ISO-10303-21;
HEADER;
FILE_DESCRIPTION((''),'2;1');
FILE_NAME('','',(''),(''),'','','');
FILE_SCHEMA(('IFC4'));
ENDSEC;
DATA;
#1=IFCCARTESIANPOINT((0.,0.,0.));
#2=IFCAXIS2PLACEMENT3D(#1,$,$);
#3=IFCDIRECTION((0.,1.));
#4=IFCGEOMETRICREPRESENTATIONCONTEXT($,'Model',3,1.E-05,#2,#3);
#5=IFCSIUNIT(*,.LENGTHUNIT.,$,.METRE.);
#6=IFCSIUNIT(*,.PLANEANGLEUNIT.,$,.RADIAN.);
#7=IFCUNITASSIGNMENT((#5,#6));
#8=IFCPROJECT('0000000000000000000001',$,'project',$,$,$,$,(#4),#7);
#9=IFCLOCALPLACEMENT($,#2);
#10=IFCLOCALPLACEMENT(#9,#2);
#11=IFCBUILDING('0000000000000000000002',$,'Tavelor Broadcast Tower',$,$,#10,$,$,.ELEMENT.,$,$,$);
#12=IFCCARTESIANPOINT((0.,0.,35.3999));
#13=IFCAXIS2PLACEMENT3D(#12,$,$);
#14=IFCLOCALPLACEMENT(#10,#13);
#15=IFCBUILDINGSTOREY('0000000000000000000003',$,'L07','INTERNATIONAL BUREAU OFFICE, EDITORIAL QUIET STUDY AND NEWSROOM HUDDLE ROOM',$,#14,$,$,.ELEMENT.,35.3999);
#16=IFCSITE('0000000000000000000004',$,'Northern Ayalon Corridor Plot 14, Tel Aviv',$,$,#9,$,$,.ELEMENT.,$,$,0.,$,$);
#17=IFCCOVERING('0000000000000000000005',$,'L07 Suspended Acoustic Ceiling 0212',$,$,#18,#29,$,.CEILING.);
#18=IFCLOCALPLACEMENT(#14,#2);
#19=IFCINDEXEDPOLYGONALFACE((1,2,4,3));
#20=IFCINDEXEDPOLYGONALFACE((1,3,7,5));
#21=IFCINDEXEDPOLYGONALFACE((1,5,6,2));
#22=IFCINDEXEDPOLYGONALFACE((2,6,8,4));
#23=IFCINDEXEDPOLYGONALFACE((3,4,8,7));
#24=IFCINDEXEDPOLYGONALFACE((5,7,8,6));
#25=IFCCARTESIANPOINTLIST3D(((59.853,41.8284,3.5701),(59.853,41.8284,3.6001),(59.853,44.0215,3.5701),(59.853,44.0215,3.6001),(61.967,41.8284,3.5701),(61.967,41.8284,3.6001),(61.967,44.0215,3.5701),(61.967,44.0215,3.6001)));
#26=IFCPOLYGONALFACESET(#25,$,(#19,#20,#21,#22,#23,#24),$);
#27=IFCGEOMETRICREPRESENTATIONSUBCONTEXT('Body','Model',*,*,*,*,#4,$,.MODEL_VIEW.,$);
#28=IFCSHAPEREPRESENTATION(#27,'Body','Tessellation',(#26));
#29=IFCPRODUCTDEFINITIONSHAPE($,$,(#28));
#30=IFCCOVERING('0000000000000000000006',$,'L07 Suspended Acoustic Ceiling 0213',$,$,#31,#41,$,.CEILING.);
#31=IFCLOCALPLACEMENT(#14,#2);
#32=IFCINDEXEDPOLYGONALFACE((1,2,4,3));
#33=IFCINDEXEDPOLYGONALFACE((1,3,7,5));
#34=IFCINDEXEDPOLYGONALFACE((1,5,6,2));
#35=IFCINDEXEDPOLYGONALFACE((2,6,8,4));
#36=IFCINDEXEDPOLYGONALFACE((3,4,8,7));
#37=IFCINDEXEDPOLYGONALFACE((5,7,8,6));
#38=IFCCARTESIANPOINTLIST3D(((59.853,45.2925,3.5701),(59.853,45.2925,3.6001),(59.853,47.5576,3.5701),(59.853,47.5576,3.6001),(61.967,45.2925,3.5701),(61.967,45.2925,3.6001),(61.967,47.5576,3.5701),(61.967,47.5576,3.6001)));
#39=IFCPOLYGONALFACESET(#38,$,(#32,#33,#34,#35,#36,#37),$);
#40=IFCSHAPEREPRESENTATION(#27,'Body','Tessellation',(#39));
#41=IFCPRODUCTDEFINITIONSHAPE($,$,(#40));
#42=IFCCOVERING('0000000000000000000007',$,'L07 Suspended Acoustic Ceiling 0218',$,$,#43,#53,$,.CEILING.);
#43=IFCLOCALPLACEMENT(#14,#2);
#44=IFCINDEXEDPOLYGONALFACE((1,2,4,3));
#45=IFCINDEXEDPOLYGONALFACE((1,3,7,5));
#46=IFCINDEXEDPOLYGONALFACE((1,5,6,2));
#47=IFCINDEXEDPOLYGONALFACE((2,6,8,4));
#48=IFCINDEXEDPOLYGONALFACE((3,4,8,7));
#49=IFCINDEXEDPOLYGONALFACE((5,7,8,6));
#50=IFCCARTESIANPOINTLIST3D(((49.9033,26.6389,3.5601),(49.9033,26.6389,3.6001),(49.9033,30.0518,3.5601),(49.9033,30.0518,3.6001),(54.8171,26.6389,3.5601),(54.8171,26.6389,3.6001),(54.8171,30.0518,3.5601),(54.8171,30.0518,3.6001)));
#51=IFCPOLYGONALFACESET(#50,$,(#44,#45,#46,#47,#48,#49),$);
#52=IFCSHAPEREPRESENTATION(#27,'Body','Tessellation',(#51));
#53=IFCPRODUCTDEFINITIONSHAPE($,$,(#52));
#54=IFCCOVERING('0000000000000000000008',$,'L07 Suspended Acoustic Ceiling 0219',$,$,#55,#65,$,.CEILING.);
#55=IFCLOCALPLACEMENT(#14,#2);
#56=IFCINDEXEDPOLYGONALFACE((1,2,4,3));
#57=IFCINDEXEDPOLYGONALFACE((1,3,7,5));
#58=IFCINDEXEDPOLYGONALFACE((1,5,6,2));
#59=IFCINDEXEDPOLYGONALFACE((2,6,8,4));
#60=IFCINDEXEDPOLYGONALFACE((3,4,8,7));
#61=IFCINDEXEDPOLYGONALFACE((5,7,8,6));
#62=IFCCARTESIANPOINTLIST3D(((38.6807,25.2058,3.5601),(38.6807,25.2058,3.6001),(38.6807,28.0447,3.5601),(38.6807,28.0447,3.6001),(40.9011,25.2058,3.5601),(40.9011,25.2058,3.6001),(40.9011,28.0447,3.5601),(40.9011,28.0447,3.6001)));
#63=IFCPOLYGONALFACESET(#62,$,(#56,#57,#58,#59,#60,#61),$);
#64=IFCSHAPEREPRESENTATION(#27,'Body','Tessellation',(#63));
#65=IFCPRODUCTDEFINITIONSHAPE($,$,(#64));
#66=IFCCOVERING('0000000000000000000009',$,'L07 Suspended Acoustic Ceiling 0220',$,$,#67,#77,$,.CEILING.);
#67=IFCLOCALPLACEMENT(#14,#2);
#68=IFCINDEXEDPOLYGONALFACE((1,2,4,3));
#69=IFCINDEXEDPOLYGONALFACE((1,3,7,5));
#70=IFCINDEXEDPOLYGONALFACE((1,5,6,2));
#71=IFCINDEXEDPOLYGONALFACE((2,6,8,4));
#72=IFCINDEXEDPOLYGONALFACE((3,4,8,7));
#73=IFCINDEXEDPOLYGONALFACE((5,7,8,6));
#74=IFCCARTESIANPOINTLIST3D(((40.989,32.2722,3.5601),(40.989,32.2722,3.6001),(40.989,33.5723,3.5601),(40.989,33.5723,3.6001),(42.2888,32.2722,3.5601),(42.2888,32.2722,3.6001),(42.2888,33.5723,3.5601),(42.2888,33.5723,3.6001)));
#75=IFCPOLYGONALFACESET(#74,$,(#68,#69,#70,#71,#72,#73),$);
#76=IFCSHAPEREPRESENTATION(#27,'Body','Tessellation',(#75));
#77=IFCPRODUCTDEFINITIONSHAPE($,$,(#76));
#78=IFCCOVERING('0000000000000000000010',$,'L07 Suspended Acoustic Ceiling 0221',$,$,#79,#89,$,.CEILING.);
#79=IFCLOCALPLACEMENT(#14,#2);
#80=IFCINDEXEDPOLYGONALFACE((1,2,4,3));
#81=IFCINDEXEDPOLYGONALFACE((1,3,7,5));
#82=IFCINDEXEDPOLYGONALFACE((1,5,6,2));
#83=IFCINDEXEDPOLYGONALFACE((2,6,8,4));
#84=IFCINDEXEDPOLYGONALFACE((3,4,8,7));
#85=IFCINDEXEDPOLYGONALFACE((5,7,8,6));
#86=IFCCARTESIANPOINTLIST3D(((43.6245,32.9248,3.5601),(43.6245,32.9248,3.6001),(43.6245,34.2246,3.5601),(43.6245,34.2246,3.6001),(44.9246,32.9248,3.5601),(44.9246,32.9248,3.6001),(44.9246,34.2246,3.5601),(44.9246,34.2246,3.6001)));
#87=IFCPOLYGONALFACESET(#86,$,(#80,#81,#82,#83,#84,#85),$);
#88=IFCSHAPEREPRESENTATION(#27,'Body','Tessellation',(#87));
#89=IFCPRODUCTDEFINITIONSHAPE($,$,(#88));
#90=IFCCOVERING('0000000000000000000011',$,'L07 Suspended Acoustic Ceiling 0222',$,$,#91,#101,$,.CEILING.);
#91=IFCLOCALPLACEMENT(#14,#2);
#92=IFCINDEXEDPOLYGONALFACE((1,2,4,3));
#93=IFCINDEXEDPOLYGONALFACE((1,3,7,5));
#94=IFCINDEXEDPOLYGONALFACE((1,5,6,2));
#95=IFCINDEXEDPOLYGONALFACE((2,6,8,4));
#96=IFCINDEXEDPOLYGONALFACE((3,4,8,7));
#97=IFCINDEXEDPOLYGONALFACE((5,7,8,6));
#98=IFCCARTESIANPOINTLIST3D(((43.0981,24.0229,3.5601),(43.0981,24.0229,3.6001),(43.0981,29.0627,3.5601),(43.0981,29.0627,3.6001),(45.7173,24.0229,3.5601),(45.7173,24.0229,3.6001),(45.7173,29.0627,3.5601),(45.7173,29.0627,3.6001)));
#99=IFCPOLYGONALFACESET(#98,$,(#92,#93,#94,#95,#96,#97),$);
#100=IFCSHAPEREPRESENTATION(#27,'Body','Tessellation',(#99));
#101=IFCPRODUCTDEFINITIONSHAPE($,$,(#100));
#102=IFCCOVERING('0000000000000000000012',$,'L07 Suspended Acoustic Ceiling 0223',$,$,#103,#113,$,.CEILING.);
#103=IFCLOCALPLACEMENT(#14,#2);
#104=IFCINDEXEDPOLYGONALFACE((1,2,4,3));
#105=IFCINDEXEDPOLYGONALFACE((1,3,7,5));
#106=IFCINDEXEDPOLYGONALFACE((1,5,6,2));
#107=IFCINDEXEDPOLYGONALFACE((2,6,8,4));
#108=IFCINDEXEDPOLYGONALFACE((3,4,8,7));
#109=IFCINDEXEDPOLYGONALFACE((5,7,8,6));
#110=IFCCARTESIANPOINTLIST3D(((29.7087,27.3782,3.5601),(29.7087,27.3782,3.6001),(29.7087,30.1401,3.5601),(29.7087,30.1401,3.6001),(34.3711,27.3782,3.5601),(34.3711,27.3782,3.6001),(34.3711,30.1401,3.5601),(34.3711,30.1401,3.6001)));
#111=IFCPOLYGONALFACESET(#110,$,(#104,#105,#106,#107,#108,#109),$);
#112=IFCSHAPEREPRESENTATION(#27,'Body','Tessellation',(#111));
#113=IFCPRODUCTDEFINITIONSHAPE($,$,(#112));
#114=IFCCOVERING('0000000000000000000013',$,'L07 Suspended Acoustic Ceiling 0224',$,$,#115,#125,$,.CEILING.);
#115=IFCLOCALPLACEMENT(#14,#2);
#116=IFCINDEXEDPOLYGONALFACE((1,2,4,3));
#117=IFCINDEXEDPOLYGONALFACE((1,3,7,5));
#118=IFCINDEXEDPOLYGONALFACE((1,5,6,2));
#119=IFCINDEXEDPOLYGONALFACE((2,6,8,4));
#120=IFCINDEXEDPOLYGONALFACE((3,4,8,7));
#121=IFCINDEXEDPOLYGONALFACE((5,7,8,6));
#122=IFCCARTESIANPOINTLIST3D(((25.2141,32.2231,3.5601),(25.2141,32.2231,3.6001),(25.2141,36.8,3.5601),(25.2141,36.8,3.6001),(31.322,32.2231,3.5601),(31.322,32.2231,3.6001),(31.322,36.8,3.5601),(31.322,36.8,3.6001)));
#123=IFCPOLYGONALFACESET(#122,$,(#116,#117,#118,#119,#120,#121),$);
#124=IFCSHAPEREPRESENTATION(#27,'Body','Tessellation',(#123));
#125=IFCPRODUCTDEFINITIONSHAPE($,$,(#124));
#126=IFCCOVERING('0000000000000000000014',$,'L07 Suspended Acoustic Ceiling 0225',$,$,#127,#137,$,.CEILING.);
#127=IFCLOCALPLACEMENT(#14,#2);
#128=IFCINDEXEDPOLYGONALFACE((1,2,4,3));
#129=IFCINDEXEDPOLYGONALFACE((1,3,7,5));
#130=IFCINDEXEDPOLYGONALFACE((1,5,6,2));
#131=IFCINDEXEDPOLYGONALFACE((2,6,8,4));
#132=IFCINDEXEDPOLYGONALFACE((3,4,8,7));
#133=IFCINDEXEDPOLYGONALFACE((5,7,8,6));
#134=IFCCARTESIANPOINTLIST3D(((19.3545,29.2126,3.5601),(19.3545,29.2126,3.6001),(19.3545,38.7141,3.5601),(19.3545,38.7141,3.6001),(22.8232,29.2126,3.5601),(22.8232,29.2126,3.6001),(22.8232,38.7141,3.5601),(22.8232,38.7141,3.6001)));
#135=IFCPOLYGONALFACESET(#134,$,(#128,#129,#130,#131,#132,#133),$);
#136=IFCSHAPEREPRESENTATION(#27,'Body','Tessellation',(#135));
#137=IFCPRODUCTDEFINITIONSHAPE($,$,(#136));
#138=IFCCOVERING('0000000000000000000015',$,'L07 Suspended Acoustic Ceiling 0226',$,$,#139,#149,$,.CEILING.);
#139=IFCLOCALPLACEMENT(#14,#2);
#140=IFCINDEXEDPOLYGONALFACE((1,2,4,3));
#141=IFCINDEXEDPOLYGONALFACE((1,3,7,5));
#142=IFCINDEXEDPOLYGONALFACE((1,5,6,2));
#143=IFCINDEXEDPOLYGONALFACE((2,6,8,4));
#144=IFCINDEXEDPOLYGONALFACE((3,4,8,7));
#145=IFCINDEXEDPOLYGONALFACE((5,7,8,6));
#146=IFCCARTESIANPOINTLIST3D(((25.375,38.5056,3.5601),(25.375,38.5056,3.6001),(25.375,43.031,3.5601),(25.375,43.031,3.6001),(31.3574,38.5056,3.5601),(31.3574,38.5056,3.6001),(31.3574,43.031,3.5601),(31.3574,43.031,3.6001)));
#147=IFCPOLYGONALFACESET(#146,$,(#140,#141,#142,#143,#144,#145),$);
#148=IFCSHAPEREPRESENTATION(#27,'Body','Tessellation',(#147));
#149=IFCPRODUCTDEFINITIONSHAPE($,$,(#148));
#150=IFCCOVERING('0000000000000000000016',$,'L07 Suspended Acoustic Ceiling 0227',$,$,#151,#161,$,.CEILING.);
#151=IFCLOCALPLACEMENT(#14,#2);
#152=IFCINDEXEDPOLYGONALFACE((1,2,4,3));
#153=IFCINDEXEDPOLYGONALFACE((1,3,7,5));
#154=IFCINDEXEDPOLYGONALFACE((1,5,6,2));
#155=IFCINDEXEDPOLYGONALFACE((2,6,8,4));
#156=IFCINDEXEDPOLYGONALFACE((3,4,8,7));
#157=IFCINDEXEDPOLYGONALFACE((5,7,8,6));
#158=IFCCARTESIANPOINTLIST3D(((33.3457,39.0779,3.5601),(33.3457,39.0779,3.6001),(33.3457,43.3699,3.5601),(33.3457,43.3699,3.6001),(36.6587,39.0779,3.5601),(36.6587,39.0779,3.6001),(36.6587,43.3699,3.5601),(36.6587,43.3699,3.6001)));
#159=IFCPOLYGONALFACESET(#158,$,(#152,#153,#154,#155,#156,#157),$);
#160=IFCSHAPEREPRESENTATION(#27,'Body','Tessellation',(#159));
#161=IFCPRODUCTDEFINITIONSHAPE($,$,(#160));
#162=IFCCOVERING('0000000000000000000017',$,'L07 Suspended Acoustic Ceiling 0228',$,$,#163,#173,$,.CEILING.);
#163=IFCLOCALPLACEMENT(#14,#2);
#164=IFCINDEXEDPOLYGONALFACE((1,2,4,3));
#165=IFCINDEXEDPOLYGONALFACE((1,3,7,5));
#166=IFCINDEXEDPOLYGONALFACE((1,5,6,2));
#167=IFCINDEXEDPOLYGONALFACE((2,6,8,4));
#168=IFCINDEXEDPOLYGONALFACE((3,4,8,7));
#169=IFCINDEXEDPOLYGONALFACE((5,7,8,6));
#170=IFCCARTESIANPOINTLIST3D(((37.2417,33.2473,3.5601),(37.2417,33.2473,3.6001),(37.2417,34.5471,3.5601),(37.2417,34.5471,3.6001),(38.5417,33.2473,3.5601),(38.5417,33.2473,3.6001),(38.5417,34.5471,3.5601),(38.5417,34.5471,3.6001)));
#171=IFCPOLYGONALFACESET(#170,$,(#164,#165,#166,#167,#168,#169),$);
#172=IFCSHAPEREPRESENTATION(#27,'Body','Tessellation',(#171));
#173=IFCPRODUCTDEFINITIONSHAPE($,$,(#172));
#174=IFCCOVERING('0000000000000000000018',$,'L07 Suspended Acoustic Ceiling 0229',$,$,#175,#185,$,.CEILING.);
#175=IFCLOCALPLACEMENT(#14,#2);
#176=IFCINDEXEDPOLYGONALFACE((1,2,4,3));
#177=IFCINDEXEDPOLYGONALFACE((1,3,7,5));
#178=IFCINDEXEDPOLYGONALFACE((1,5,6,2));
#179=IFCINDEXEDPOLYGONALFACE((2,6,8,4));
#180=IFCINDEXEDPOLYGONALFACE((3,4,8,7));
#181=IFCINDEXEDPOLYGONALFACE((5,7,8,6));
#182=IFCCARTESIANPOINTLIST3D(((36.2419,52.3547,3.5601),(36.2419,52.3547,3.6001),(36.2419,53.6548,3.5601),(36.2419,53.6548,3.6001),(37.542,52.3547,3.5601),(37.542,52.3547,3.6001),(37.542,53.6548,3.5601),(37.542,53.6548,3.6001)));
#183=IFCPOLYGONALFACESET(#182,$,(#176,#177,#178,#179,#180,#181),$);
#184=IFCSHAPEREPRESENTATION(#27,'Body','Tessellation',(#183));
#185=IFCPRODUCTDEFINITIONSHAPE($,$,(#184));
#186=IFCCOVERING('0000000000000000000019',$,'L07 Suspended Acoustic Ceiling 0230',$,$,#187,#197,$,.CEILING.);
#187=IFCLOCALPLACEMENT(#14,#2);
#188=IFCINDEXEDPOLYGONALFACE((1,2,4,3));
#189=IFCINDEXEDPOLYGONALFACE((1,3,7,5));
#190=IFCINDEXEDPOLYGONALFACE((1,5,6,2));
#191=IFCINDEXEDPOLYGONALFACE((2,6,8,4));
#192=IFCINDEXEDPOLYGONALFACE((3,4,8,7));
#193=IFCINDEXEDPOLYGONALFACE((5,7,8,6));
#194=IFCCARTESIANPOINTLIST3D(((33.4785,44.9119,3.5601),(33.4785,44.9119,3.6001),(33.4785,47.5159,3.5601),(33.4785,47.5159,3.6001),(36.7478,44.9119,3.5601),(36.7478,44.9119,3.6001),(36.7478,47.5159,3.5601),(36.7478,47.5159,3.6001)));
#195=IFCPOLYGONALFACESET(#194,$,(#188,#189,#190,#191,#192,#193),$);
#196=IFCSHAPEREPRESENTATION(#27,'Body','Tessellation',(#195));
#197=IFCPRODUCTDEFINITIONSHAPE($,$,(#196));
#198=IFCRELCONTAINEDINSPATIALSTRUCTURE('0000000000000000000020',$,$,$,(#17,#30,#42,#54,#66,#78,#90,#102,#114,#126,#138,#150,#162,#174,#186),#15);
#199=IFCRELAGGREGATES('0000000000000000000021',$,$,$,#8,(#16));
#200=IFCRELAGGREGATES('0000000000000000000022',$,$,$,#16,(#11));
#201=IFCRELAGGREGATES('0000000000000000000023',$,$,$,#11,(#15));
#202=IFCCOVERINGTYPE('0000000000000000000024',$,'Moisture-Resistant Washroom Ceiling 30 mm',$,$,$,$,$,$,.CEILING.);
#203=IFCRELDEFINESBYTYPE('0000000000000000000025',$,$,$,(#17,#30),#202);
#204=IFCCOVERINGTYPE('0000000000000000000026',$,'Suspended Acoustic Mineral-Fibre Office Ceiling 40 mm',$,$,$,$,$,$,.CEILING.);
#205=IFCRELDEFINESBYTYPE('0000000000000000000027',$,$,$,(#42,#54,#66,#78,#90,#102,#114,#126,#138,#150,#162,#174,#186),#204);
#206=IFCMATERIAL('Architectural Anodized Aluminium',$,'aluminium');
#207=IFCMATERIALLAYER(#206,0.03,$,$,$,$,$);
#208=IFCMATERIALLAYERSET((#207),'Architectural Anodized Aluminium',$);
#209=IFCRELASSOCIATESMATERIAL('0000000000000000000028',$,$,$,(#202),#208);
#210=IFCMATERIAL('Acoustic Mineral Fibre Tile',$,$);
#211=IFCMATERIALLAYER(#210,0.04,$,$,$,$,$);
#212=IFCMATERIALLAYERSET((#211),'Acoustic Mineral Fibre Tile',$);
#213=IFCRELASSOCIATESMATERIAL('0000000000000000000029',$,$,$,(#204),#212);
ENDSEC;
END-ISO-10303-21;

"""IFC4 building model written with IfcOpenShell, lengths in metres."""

from ifc_helpers import new_model, si_unit, direction, frame, origin, place, context, subcontext, project, spatial, polyline, outline, extrude, material, layer, layer_set, type_object, element, save


model = new_model("IFC4")

# Units and contexts
model_context = context("Model", 3, precision=1e-05, world=origin(), true_north=direction((0.0, 1.0)))
body_context = subcontext(model_context, "Body", "Model", "MODEL_VIEW")
ifc_project = project(units=[si_unit("LENGTHUNIT", "METRE"), si_unit("PLANEANGLEUNIT", "RADIAN")], contexts=[model_context])

# Site, building, storey
site_placement = place(None, origin())
site = spatial("IfcSite", under=ifc_project, at=site_placement, Name="Northern Ayalon Corridor Plot 14, Tel Aviv", CompositionType="ELEMENT", RefElevation=0.0)
building_placement = place(site_placement, origin())
building = spatial("IfcBuilding", under=site, at=building_placement, Name="Tavelor Broadcast Tower", CompositionType="ELEMENT")
storey_placement = place(building_placement, frame((0.0, 0.0, 35.3999)))
storey = spatial("IfcBuildingStorey", under=building, at=storey_placement, Name="L07", Description="INTERNATIONAL BUREAU OFFICE, EDITORIAL QUIET STUDY AND NEWSROOM HUDDLE ROOM", CompositionType="ELEMENT", Elevation=35.3999)

# Coverings
ifc_material_1 = material(Name="Architectural Anodized Aluminium", Category="aluminium")
ifc_layer_1 = layer(ifc_material_1, 0.03)
ifc_layer_set_1 = layer_set([ifc_layer_1], Name="Architectural Anodized Aluminium")
covering_type_1 = type_object("IfcCoveringType", Name="Moisture-Resistant Washroom Ceiling 30 mm", PredefinedType="CEILING", material=ifc_layer_set_1)
covering_1_placement = place(storey_placement, frame((0.0, 0.0, 3.5701)))
element("IfcCovering", 1, at=covering_1_placement, inside=storey, type_object=covering_type_1, Name="L07 Suspended Acoustic Ceiling 0212", PredefinedType="CEILING", context=body_context, shape_type="SweptSolid", body=[
    extrude(outline(polyline([(59.853, 41.8284), (61.967, 41.8284), (61.967, 44.0215), (59.853, 44.0215), (59.853, 41.8284)])), origin(), (0.0, 0.0, 1.0), 0.03),
])
covering_2_placement = place(storey_placement, frame((0.0, 0.0, 3.5701)))
element("IfcCovering", 2, at=covering_2_placement, inside=storey, type_object=covering_type_1, Name="L07 Suspended Acoustic Ceiling 0213", PredefinedType="CEILING", context=body_context, shape_type="SweptSolid", body=[
    extrude(outline(polyline([(59.853, 45.2925), (61.967, 45.2925), (61.967, 47.5576), (59.853, 47.5576), (59.853, 45.2925)])), origin(), (0.0, 0.0, 1.0), 0.03),
])
ifc_material_2 = material(Name="Acoustic Mineral Fibre Tile")
ifc_layer_2 = layer(ifc_material_2, 0.04)
ifc_layer_set_2 = layer_set([ifc_layer_2], Name="Acoustic Mineral Fibre Tile")
covering_type_2 = type_object("IfcCoveringType", Name="Suspended Acoustic Mineral-Fibre Office Ceiling 40 mm", PredefinedType="CEILING", material=ifc_layer_set_2)
covering_3_placement = place(storey_placement, frame((0.0, 0.0, 3.5601)))
element("IfcCovering", 3, at=covering_3_placement, inside=storey, type_object=covering_type_2, Name="L07 Suspended Acoustic Ceiling 0218", PredefinedType="CEILING", context=body_context, shape_type="SweptSolid", body=[
    extrude(outline(polyline([(49.9033, 26.6389), (54.8171, 26.6389), (54.8171, 30.0518), (49.9033, 30.0518), (49.9033, 26.6389)])), origin(), (0.0, 0.0, 1.0), 0.04),
])
covering_4_placement = place(storey_placement, frame((0.0, 0.0, 3.5601)))
element("IfcCovering", 4, at=covering_4_placement, inside=storey, type_object=covering_type_2, Name="L07 Suspended Acoustic Ceiling 0219", PredefinedType="CEILING", context=body_context, shape_type="SweptSolid", body=[
    extrude(outline(polyline([(38.6807, 25.2058), (40.9011, 25.2058), (40.9011, 28.0447), (38.6807, 28.0447), (38.6807, 25.2058)])), origin(), (0.0, 0.0, 1.0), 0.04),
])
covering_5_placement = place(storey_placement, frame((0.0, 0.0, 3.5601)))
element("IfcCovering", 5, at=covering_5_placement, inside=storey, type_object=covering_type_2, Name="L07 Suspended Acoustic Ceiling 0220", PredefinedType="CEILING", context=body_context, shape_type="SweptSolid", body=[
    extrude(outline(polyline([(40.989, 32.2722), (42.2888, 32.2722), (42.2888, 33.5723), (40.989, 33.5723), (40.989, 32.2722)])), origin(), (0.0, 0.0, 1.0), 0.04),
])
covering_6_placement = place(storey_placement, frame((0.0, 0.0, 3.5601)))
element("IfcCovering", 6, at=covering_6_placement, inside=storey, type_object=covering_type_2, Name="L07 Suspended Acoustic Ceiling 0221", PredefinedType="CEILING", context=body_context, shape_type="SweptSolid", body=[
    extrude(outline(polyline([(43.6245, 32.9248), (44.9246, 32.9248), (44.9246, 34.2246), (43.6245, 34.2246), (43.6245, 32.9248)])), origin(), (0.0, 0.0, 1.0), 0.04),
])
covering_7_placement = place(storey_placement, frame((0.0, 0.0, 3.5601)))
element("IfcCovering", 7, at=covering_7_placement, inside=storey, type_object=covering_type_2, Name="L07 Suspended Acoustic Ceiling 0222", PredefinedType="CEILING", context=body_context, shape_type="SweptSolid", body=[
    extrude(outline(polyline([(43.0981, 24.0229), (45.7173, 24.0229), (45.7173, 29.0627), (43.0981, 29.0627), (43.0981, 24.0229)])), origin(), (0.0, 0.0, 1.0), 0.04),
])
covering_8_placement = place(storey_placement, frame((0.0, 0.0, 3.5601)))
element("IfcCovering", 8, at=covering_8_placement, inside=storey, type_object=covering_type_2, Name="L07 Suspended Acoustic Ceiling 0223", PredefinedType="CEILING", context=body_context, shape_type="SweptSolid", body=[
    extrude(outline(polyline([(29.7087, 27.3782), (34.3711, 27.3782), (34.3711, 30.1401), (29.7087, 30.1401), (29.7087, 27.3782)])), origin(), (0.0, 0.0, 1.0), 0.04),
])
covering_9_placement = place(storey_placement, frame((0.0, 0.0, 3.5601)))
element("IfcCovering", 9, at=covering_9_placement, inside=storey, type_object=covering_type_2, Name="L07 Suspended Acoustic Ceiling 0224", PredefinedType="CEILING", context=body_context, shape_type="SweptSolid", body=[
    extrude(outline(polyline([(25.2141, 32.2231), (31.322, 32.2231), (31.322, 36.8), (25.2141, 36.8), (25.2141, 32.2231)])), origin(), (0.0, 0.0, 1.0), 0.04),
])
covering_10_placement = place(storey_placement, frame((0.0, 0.0, 3.5601)))
element("IfcCovering", 10, at=covering_10_placement, inside=storey, type_object=covering_type_2, Name="L07 Suspended Acoustic Ceiling 0225", PredefinedType="CEILING", context=body_context, shape_type="SweptSolid", body=[
    extrude(outline(polyline([(19.3545, 29.2126), (22.8232, 29.2126), (22.8232, 38.7141), (19.3545, 38.7141), (19.3545, 29.2126)])), origin(), (0.0, 0.0, 1.0), 0.04),
])
covering_11_placement = place(storey_placement, frame((0.0, 0.0, 3.5601)))
element("IfcCovering", 11, at=covering_11_placement, inside=storey, type_object=covering_type_2, Name="L07 Suspended Acoustic Ceiling 0226", PredefinedType="CEILING", context=body_context, shape_type="SweptSolid", body=[
    extrude(outline(polyline([(25.375, 38.5056), (31.3574, 38.5056), (31.3574, 43.031), (25.375, 43.031), (25.375, 38.5056)])), origin(), (0.0, 0.0, 1.0), 0.04),
])
covering_12_placement = place(storey_placement, frame((0.0, 0.0, 3.5601)))
element("IfcCovering", 12, at=covering_12_placement, inside=storey, type_object=covering_type_2, Name="L07 Suspended Acoustic Ceiling 0227", PredefinedType="CEILING", context=body_context, shape_type="SweptSolid", body=[
    extrude(outline(polyline([(33.3457, 39.0779), (36.6587, 39.0779), (36.6587, 43.3699), (33.3457, 43.3699), (33.3457, 39.0779)])), origin(), (0.0, 0.0, 1.0), 0.04),
])
covering_13_placement = place(storey_placement, frame((0.0, 0.0, 3.5601)))
element("IfcCovering", 13, at=covering_13_placement, inside=storey, type_object=covering_type_2, Name="L07 Suspended Acoustic Ceiling 0228", PredefinedType="CEILING", context=body_context, shape_type="SweptSolid", body=[
    extrude(outline(polyline([(37.2417, 33.2473), (38.5417, 33.2473), (38.5417, 34.5471), (37.2417, 34.5471), (37.2417, 33.2473)])), origin(), (0.0, 0.0, 1.0), 0.04),
])
covering_14_placement = place(storey_placement, frame((0.0, 0.0, 3.5601)))
element("IfcCovering", 14, at=covering_14_placement, inside=storey, type_object=covering_type_2, Name="L07 Suspended Acoustic Ceiling 0229", PredefinedType="CEILING", context=body_context, shape_type="SweptSolid", body=[
    extrude(outline(polyline([(36.2419, 52.3547), (37.542, 52.3547), (37.542, 53.6548), (36.2419, 53.6548), (36.2419, 52.3547)])), origin(), (0.0, 0.0, 1.0), 0.04),
])
covering_15_placement = place(storey_placement, frame((0.0, 0.0, 3.5601)))
element("IfcCovering", 15, at=covering_15_placement, inside=storey, type_object=covering_type_2, Name="L07 Suspended Acoustic Ceiling 0230", PredefinedType="CEILING", context=body_context, shape_type="SweptSolid", body=[
    extrude(outline(polyline([(33.4785, 44.9119), (36.7478, 44.9119), (36.7478, 47.5159), (33.4785, 47.5159), (33.4785, 44.9119)])), origin(), (0.0, 0.0, 1.0), 0.04),
])

save(model, "model.ifc")
